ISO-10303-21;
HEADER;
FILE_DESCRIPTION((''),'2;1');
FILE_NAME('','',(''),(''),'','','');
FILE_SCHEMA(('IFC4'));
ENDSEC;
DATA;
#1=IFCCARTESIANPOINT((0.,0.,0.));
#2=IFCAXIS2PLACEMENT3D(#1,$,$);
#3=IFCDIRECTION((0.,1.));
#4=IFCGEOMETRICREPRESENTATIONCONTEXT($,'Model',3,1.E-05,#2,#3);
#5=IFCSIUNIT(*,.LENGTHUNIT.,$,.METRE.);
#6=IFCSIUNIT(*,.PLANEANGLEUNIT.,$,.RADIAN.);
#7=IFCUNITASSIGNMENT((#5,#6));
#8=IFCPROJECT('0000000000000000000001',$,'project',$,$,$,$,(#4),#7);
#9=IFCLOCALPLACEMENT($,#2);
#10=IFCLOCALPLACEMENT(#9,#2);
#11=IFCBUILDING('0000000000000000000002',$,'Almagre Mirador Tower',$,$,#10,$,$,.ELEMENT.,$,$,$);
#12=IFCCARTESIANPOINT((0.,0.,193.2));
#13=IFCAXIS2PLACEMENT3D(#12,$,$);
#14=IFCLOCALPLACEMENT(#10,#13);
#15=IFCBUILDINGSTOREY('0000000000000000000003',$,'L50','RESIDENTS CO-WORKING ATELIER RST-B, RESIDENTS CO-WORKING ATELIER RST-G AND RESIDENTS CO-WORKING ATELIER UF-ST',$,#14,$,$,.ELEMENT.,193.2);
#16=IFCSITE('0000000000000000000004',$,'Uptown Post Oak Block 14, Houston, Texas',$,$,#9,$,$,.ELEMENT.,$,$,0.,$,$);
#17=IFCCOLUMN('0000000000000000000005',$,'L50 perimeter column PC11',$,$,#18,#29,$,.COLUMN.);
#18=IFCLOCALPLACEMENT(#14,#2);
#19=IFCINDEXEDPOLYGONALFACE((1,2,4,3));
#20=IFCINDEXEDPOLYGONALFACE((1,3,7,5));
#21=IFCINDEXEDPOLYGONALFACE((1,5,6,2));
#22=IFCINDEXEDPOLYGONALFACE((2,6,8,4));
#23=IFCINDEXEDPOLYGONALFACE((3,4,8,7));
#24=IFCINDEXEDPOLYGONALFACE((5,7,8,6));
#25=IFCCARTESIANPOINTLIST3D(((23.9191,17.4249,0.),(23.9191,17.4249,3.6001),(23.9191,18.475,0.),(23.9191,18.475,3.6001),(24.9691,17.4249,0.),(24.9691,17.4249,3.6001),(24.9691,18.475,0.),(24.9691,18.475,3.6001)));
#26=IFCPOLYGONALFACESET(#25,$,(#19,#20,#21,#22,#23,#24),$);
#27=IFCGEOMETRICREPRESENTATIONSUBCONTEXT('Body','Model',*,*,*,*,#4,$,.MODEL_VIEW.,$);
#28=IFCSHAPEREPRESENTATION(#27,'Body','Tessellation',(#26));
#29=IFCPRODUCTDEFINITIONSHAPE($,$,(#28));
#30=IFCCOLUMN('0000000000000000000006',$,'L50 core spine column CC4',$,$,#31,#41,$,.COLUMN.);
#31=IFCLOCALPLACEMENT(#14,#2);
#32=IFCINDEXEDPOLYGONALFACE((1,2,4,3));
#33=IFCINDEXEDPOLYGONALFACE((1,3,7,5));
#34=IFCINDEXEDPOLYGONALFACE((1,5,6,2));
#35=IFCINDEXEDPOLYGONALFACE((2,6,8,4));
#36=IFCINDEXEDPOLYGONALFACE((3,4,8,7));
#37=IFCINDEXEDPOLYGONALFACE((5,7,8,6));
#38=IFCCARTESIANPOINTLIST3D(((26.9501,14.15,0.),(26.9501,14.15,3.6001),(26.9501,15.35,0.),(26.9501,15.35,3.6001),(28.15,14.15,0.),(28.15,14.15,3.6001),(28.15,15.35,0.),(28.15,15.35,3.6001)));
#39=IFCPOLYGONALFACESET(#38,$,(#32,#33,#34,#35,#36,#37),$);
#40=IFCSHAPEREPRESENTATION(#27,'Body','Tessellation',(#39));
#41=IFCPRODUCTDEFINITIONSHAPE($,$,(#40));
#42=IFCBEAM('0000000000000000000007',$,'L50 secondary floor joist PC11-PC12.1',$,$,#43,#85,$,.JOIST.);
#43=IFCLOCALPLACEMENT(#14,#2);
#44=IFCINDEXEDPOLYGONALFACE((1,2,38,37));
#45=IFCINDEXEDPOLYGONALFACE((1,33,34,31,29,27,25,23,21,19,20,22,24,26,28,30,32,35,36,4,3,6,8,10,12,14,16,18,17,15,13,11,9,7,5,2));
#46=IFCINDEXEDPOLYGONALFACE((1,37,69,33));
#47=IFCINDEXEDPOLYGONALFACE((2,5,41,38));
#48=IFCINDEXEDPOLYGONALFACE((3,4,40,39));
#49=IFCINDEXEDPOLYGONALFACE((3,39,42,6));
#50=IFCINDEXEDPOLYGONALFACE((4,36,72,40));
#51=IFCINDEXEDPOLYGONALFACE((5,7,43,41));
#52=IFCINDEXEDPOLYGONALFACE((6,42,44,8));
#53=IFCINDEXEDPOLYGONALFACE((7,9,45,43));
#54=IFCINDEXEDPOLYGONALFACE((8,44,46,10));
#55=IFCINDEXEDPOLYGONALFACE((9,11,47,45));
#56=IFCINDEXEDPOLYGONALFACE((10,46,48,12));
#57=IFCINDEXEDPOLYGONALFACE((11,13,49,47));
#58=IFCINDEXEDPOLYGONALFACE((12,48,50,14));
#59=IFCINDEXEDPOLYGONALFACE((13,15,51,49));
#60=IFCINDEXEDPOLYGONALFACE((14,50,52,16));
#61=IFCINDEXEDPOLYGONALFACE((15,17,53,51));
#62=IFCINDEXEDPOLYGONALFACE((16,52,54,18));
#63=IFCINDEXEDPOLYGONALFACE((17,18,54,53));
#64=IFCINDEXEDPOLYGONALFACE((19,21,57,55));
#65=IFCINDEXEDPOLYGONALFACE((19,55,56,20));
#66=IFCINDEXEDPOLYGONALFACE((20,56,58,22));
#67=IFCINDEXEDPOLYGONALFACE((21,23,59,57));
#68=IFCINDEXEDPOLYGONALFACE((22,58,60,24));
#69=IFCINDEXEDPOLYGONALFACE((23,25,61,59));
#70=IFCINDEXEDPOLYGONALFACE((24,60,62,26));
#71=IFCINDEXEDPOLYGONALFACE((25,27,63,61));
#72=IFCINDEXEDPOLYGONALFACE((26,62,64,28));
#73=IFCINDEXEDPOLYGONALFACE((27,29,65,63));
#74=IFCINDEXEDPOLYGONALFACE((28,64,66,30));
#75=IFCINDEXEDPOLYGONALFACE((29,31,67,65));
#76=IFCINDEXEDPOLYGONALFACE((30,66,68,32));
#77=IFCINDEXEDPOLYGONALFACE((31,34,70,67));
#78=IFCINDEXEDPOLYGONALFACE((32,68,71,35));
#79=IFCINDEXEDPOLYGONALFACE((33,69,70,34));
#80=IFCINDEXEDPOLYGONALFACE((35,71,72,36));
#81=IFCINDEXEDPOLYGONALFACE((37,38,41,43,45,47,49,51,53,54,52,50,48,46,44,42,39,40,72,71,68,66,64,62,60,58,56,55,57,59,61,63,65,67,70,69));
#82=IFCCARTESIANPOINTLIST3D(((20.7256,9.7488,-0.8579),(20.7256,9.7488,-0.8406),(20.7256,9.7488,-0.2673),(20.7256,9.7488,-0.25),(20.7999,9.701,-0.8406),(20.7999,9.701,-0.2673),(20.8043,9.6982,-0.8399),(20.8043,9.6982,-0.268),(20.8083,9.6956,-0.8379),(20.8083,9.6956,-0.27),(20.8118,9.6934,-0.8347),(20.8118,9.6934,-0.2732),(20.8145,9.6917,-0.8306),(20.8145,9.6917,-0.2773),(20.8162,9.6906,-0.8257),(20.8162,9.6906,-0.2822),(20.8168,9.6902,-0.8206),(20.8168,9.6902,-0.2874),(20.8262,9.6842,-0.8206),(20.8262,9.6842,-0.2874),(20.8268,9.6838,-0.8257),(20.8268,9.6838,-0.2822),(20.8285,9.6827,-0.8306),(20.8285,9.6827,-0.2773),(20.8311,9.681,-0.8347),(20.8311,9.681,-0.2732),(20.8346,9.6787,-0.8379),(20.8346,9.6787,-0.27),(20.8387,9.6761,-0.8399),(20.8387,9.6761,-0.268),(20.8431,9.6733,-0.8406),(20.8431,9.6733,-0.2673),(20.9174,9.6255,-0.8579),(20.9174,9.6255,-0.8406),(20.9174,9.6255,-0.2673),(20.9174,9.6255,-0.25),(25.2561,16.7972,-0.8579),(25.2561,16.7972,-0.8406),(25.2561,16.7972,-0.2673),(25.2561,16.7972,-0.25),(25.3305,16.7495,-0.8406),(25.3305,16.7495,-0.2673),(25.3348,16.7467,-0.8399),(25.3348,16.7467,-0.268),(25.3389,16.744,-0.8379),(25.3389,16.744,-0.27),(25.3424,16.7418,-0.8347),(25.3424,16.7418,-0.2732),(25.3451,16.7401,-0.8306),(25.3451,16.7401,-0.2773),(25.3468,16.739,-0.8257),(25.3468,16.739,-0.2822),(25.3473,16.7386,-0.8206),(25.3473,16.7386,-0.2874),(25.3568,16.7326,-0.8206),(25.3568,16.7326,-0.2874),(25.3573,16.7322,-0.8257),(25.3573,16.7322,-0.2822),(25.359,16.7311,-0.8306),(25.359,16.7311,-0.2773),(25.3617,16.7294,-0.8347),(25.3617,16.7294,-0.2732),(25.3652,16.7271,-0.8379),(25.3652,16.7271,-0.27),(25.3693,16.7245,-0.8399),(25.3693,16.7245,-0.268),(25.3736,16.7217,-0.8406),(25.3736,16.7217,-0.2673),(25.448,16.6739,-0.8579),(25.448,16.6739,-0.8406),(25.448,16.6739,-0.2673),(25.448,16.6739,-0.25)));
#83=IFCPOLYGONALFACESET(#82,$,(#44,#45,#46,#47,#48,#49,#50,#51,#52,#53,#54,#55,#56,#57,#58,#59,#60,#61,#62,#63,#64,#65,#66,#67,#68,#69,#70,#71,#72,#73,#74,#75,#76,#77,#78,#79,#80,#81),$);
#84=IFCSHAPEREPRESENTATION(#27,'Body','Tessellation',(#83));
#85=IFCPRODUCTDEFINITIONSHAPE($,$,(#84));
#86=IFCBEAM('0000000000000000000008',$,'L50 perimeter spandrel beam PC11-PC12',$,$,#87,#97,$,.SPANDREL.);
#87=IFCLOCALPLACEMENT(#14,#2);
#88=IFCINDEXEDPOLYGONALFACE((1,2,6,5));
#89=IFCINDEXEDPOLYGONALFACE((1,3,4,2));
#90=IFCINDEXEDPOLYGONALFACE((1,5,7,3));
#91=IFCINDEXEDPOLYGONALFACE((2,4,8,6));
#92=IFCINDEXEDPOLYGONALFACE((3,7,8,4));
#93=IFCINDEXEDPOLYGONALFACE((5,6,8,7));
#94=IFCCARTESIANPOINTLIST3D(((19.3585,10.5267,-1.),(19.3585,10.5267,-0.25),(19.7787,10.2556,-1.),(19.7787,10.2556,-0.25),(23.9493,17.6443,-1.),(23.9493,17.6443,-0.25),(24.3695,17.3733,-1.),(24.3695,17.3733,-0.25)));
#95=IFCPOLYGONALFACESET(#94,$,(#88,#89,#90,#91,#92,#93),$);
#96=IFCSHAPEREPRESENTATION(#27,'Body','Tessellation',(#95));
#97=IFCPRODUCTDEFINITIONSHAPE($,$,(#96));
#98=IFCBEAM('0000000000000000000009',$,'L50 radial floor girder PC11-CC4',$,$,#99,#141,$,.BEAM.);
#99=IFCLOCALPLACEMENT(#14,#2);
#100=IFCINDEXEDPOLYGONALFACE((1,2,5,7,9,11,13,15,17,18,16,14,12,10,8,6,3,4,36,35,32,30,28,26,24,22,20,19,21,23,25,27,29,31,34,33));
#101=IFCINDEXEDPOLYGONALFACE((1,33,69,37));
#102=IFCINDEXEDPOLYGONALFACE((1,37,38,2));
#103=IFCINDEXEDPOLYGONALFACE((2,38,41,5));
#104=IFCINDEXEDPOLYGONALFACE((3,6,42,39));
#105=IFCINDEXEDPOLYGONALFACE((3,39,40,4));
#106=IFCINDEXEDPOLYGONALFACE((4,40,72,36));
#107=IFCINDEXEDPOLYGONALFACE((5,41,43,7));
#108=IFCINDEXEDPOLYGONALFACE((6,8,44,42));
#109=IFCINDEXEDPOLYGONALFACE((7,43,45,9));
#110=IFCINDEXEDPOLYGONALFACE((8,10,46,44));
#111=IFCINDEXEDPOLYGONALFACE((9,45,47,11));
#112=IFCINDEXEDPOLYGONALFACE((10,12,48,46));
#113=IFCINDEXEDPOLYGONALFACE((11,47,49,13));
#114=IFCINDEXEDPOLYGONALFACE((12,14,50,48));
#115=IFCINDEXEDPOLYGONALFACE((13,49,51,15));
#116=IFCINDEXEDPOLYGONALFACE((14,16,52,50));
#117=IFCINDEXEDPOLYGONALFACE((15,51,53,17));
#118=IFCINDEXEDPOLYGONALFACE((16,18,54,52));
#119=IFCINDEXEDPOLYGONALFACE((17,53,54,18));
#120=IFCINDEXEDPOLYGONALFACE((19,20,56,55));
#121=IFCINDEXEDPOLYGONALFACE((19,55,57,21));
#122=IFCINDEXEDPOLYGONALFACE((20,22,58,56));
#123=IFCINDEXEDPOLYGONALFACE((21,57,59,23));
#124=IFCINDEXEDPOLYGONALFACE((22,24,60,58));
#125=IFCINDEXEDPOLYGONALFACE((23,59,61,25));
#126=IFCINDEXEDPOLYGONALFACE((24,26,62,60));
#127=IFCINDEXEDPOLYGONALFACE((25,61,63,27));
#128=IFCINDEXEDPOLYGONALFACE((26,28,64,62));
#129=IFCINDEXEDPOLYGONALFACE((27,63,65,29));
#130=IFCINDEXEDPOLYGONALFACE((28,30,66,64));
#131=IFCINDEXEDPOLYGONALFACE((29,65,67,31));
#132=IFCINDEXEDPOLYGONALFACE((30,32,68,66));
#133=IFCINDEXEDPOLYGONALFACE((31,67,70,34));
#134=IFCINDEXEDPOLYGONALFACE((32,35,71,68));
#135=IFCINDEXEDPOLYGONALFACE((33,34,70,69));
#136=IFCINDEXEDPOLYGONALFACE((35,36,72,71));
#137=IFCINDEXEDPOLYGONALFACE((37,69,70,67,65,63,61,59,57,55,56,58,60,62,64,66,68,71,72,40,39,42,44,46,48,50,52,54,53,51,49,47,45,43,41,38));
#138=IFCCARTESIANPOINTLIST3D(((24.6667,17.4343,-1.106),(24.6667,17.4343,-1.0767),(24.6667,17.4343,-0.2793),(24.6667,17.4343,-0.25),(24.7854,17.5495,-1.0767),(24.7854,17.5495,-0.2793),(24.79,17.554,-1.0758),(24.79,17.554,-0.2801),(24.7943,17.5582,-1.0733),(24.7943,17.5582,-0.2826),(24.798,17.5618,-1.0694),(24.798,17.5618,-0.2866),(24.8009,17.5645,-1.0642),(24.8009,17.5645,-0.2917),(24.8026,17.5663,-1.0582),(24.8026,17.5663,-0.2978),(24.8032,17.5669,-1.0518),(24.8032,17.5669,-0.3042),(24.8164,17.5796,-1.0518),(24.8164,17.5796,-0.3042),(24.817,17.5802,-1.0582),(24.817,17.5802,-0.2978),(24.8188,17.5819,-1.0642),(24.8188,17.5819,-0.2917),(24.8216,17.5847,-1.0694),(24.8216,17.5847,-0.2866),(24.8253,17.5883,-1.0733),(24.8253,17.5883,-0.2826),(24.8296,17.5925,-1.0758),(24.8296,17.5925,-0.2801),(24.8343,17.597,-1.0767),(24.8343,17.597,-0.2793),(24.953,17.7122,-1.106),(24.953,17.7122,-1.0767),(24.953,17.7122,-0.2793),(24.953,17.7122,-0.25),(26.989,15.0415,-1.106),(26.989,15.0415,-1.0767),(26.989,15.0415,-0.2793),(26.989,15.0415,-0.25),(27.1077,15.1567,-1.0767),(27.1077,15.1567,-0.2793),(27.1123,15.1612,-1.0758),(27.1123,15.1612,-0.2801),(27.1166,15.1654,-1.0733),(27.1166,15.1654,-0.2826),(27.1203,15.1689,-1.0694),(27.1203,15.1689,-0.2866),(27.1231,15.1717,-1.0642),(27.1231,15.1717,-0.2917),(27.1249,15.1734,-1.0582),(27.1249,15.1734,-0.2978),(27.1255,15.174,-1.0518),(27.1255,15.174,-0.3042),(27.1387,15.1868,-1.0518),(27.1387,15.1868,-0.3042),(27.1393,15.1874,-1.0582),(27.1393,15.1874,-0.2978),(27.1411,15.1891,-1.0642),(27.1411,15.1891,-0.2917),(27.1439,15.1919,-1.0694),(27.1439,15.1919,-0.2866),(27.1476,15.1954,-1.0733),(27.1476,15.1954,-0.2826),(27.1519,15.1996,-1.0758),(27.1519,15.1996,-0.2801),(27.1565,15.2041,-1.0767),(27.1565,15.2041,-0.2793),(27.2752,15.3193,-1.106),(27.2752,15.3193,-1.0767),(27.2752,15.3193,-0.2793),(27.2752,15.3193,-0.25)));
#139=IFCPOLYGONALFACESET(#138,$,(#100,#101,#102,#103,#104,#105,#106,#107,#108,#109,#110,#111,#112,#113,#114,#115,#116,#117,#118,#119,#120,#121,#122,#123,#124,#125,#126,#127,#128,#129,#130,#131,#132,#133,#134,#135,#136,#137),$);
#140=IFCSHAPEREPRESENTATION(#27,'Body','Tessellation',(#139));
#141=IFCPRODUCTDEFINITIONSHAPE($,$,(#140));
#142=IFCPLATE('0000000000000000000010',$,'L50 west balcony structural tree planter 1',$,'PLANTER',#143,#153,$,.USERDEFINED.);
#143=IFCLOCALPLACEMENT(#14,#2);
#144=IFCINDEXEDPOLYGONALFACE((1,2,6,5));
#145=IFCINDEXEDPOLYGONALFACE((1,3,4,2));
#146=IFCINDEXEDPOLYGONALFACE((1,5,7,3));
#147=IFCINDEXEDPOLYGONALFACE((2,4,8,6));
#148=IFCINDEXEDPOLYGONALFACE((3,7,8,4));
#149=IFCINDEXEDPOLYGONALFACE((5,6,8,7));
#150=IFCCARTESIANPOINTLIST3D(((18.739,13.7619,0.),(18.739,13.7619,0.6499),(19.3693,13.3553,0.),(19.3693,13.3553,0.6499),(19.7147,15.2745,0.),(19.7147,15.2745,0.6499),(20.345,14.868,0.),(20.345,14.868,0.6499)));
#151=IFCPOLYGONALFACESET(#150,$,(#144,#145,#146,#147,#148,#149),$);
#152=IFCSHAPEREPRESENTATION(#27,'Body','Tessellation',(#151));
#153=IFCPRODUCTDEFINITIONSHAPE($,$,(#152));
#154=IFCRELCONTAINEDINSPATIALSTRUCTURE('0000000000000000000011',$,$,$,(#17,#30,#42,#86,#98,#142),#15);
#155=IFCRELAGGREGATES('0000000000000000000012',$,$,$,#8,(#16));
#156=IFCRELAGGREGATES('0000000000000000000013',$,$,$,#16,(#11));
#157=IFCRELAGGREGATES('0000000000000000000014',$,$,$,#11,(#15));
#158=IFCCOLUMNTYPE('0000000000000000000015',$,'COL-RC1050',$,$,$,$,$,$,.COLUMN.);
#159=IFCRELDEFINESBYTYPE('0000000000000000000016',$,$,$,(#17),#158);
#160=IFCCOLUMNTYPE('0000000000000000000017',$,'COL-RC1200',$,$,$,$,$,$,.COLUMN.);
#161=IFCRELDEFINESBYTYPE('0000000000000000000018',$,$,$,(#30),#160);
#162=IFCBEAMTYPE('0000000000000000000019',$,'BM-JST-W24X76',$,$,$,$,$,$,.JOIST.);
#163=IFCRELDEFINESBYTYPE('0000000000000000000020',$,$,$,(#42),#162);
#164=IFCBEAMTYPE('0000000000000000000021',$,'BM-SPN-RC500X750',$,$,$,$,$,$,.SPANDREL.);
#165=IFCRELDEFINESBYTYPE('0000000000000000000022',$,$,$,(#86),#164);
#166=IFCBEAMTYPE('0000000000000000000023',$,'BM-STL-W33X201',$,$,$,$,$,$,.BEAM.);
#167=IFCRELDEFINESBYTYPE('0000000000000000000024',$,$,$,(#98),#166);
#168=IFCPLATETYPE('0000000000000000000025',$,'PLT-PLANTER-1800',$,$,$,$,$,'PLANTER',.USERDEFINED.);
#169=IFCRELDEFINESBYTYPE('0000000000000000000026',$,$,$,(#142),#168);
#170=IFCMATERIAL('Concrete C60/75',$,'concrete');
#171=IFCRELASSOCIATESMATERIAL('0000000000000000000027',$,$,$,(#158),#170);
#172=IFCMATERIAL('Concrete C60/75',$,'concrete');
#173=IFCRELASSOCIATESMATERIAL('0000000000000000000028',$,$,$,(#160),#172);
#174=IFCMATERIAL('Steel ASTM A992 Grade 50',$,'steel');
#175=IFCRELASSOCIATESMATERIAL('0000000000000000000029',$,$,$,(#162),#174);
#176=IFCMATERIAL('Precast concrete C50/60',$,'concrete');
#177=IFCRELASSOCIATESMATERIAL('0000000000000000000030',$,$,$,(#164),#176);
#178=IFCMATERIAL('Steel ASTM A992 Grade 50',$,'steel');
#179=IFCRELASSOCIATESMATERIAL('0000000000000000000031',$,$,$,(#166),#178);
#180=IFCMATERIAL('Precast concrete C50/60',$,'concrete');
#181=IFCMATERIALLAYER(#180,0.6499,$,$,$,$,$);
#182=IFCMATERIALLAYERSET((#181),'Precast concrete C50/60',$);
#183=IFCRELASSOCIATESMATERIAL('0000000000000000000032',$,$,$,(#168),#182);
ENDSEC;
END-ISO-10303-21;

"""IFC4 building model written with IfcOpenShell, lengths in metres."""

from ifc_helpers import new_model, si_unit, direction, frame, origin, origin_2d, place, context, subcontext, project, spatial, rectangle, i_section, extrude, material, layer, layer_set, material_profile, profile_set, type_object, element, save


model = new_model("IFC4")

# Units and contexts
model_context = context("Model", 3, precision=1e-05, world=origin(), true_north=direction((0.0, 1.0)))
body_context = subcontext(model_context, "Body", "Model", "MODEL_VIEW")
ifc_project = project(units=[si_unit("LENGTHUNIT", "METRE"), si_unit("PLANEANGLEUNIT", "RADIAN")], contexts=[model_context])

# Site, building, storey
site_placement = place(None, origin())
site = spatial("IfcSite", under=ifc_project, at=site_placement, Name="Uptown Post Oak Block 14, Houston, Texas", CompositionType="ELEMENT", RefElevation=0.0)
building_placement = place(site_placement, origin())
building = spatial("IfcBuilding", under=site, at=building_placement, Name="Almagre Mirador Tower", CompositionType="ELEMENT")
storey_placement = place(building_placement, frame((0.0, 0.0, 193.2)))
storey = spatial("IfcBuildingStorey", under=building, at=storey_placement, Name="L50", Description="RESIDENTS CO-WORKING ATELIER RST-B, RESIDENTS CO-WORKING ATELIER RST-G AND RESIDENTS CO-WORKING ATELIER UF-ST", CompositionType="ELEMENT", Elevation=193.2)

# Columns
ifc_material_1 = material(Name="Concrete C60/75", Category="concrete")
ifc_material_profile_1 = material_profile(ifc_material_1, rectangle(XDim=1.05, YDim=1.05, at=origin_2d()), Name="RC1050X1050")
ifc_profile_set_1 = profile_set([ifc_material_profile_1], Name="Concrete C60/75")
column_type_1 = type_object("IfcColumnType", Name="COL-RC1050", PredefinedType="COLUMN", material=ifc_profile_set_1)
column_1_placement = place(storey_placement, frame((24.4441, 17.95, 0.0), z_axis=(0.0, 0.0, 1.0), x_axis=(1.0, 0.0, 0.0)))
element("IfcColumn", 1, at=column_1_placement, inside=storey, type_object=column_type_1, Name="L50 perimeter column PC11", PredefinedType="COLUMN", context=body_context, shape_type="SweptSolid", body=[
    extrude(rectangle(XDim=1.05, YDim=1.05, at=origin_2d()), origin(), (0.0, 0.0, 1.0), 3.6001),
])
ifc_material_2 = material(Name="Concrete C60/75", Category="concrete")
ifc_material_profile_2 = material_profile(ifc_material_2, rectangle(XDim=1.2, YDim=1.2, at=origin_2d()), Name="RC1200X1200")
ifc_profile_set_2 = profile_set([ifc_material_profile_2], Name="Concrete C60/75")
column_type_2 = type_object("IfcColumnType", Name="COL-RC1200", PredefinedType="COLUMN", material=ifc_profile_set_2)
column_2_placement = place(storey_placement, frame((27.55, 14.75, 0.0), z_axis=(0.0, 0.0, 1.0), x_axis=(1.0, 0.0, 0.0)))
element("IfcColumn", 2, at=column_2_placement, inside=storey, type_object=column_type_2, Name="L50 core spine column CC4", PredefinedType="COLUMN", context=body_context, shape_type="SweptSolid", body=[
    extrude(rectangle(XDim=1.2, YDim=1.2, at=origin_2d()), origin(), (0.0, 0.0, 1.0), 3.6001),
])

# Beams
ifc_material_3 = material(Name="Steel ASTM A992 Grade 50", Category="steel")
ifc_material_profile_3 = material_profile(ifc_material_3, i_section(OverallWidth=0.228, OverallDepth=0.6079, WebThickness=0.0112, FlangeThickness=0.0173, FilletRadius=0.02, at=origin_2d()), Name="W24X76")
ifc_profile_set_3 = profile_set([ifc_material_profile_3], Name="Steel ASTM A992 Grade 50")
beam_type_1 = type_object("IfcBeamType", Name="BM-JST-W24X76", PredefinedType="JOIST", material=ifc_profile_set_3)
beam_1_placement = place(storey_placement, frame((25.3521, 16.7356, -0.554), z_axis=(-0.54071, -0.841209, 0.0), x_axis=(0.841209, -0.54071, 0.0)))
element("IfcBeam", 3, at=beam_1_placement, inside=storey, type_object=beam_type_1, Name="L50 secondary floor joist PC11-PC12.1", PredefinedType="JOIST", context=body_context, shape_type="SweptSolid", body=[
    extrude(i_section(OverallWidth=0.228, OverallDepth=0.6079, WebThickness=0.0112, FlangeThickness=0.0173, FilletRadius=0.02, at=origin_2d()), origin(), (0.0, 0.0, 1.0), 8.3789),
])
ifc_material_4 = material(Name="Precast concrete C50/60", Category="concrete")
ifc_material_profile_4 = material_profile(ifc_material_4, rectangle(XDim=0.5, YDim=0.75, at=origin_2d()), Name="RC500X750")
ifc_profile_set_4 = profile_set([ifc_material_profile_4], Name="Precast concrete C50/60")
beam_type_2 = type_object("IfcBeamType", Name="BM-SPN-RC500X750", PredefinedType="SPANDREL", material=ifc_profile_set_4)
beam_2_placement = place(storey_placement, frame((24.1594, 17.5088, -0.625), z_axis=(-0.542024, -0.840363, 0.0), x_axis=(0.840363, -0.542024, 0.0)))
element("IfcBeam", 4, at=beam_2_placement, inside=storey, type_object=beam_type_2, Name="L50 perimeter spandrel beam PC11-PC12", PredefinedType="SPANDREL", context=body_context, shape_type="SweptSolid", body=[
    extrude(rectangle(XDim=0.5, YDim=0.75, at=origin_2d()), origin(), (0.0, 0.0, 1.0), 8.4697),
])
ifc_material_5 = material(Name="Steel ASTM A992 Grade 50", Category="steel")
ifc_material_profile_5 = material_profile(ifc_material_5, i_section(OverallWidth=0.3989, OverallDepth=0.856, WebThickness=0.0183, FlangeThickness=0.0293, FilletRadius=0.0249, at=origin_2d()), Name="W33X201")
ifc_profile_set_5 = profile_set([ifc_material_profile_5], Name="Steel ASTM A992 Grade 50")
beam_type_3 = type_object("IfcBeamType", Name="BM-STL-W33X201", PredefinedType="BEAM", material=ifc_profile_set_5)
beam_3_placement = place(storey_placement, frame((24.8098, 17.5732, -0.678), z_axis=(0.696448, -0.717608, 0.0), x_axis=(0.717608, 0.696448, 0.0)))
element("IfcBeam", 5, at=beam_3_placement, inside=storey, type_object=beam_type_3, Name="L50 radial floor girder PC11-CC4", PredefinedType="BEAM", context=body_context, shape_type="SweptSolid", body=[
    extrude(i_section(OverallWidth=0.3989, OverallDepth=0.856, WebThickness=0.0183, FlangeThickness=0.0293, FilletRadius=0.0249, at=origin_2d()), origin(), (0.0, 0.0, 1.0), 3.3345),
])

# Plate
ifc_material_6 = material(Name="Precast concrete C50/60", Category="concrete")
ifc_layer_1 = layer(ifc_material_6, 0.6499)
ifc_layer_set_1 = layer_set([ifc_layer_1], Name="Precast concrete C50/60")
plate_type = type_object("IfcPlateType", Name="PLT-PLANTER-1800", ElementType="PLANTER", PredefinedType="USERDEFINED", material=ifc_layer_set_1)
plate_placement = place(storey_placement, frame((19.542, 14.3149, 0.0), z_axis=(0.0, 0.0, 1.0), x_axis=(-0.542031, -0.840359, 0.0)))
element("IfcPlate", 6, at=plate_placement, inside=storey, type_object=plate_type, Name="L50 west balcony structural tree planter 1", ObjectType="PLANTER", PredefinedType="USERDEFINED", context=body_context, shape_type="SweptSolid", body=[
    extrude(rectangle(XDim=1.8, YDim=0.75, at=origin_2d()), origin(), (0.0, 0.0, 1.0), 0.6499),
])

save(model, "model.ifc")
